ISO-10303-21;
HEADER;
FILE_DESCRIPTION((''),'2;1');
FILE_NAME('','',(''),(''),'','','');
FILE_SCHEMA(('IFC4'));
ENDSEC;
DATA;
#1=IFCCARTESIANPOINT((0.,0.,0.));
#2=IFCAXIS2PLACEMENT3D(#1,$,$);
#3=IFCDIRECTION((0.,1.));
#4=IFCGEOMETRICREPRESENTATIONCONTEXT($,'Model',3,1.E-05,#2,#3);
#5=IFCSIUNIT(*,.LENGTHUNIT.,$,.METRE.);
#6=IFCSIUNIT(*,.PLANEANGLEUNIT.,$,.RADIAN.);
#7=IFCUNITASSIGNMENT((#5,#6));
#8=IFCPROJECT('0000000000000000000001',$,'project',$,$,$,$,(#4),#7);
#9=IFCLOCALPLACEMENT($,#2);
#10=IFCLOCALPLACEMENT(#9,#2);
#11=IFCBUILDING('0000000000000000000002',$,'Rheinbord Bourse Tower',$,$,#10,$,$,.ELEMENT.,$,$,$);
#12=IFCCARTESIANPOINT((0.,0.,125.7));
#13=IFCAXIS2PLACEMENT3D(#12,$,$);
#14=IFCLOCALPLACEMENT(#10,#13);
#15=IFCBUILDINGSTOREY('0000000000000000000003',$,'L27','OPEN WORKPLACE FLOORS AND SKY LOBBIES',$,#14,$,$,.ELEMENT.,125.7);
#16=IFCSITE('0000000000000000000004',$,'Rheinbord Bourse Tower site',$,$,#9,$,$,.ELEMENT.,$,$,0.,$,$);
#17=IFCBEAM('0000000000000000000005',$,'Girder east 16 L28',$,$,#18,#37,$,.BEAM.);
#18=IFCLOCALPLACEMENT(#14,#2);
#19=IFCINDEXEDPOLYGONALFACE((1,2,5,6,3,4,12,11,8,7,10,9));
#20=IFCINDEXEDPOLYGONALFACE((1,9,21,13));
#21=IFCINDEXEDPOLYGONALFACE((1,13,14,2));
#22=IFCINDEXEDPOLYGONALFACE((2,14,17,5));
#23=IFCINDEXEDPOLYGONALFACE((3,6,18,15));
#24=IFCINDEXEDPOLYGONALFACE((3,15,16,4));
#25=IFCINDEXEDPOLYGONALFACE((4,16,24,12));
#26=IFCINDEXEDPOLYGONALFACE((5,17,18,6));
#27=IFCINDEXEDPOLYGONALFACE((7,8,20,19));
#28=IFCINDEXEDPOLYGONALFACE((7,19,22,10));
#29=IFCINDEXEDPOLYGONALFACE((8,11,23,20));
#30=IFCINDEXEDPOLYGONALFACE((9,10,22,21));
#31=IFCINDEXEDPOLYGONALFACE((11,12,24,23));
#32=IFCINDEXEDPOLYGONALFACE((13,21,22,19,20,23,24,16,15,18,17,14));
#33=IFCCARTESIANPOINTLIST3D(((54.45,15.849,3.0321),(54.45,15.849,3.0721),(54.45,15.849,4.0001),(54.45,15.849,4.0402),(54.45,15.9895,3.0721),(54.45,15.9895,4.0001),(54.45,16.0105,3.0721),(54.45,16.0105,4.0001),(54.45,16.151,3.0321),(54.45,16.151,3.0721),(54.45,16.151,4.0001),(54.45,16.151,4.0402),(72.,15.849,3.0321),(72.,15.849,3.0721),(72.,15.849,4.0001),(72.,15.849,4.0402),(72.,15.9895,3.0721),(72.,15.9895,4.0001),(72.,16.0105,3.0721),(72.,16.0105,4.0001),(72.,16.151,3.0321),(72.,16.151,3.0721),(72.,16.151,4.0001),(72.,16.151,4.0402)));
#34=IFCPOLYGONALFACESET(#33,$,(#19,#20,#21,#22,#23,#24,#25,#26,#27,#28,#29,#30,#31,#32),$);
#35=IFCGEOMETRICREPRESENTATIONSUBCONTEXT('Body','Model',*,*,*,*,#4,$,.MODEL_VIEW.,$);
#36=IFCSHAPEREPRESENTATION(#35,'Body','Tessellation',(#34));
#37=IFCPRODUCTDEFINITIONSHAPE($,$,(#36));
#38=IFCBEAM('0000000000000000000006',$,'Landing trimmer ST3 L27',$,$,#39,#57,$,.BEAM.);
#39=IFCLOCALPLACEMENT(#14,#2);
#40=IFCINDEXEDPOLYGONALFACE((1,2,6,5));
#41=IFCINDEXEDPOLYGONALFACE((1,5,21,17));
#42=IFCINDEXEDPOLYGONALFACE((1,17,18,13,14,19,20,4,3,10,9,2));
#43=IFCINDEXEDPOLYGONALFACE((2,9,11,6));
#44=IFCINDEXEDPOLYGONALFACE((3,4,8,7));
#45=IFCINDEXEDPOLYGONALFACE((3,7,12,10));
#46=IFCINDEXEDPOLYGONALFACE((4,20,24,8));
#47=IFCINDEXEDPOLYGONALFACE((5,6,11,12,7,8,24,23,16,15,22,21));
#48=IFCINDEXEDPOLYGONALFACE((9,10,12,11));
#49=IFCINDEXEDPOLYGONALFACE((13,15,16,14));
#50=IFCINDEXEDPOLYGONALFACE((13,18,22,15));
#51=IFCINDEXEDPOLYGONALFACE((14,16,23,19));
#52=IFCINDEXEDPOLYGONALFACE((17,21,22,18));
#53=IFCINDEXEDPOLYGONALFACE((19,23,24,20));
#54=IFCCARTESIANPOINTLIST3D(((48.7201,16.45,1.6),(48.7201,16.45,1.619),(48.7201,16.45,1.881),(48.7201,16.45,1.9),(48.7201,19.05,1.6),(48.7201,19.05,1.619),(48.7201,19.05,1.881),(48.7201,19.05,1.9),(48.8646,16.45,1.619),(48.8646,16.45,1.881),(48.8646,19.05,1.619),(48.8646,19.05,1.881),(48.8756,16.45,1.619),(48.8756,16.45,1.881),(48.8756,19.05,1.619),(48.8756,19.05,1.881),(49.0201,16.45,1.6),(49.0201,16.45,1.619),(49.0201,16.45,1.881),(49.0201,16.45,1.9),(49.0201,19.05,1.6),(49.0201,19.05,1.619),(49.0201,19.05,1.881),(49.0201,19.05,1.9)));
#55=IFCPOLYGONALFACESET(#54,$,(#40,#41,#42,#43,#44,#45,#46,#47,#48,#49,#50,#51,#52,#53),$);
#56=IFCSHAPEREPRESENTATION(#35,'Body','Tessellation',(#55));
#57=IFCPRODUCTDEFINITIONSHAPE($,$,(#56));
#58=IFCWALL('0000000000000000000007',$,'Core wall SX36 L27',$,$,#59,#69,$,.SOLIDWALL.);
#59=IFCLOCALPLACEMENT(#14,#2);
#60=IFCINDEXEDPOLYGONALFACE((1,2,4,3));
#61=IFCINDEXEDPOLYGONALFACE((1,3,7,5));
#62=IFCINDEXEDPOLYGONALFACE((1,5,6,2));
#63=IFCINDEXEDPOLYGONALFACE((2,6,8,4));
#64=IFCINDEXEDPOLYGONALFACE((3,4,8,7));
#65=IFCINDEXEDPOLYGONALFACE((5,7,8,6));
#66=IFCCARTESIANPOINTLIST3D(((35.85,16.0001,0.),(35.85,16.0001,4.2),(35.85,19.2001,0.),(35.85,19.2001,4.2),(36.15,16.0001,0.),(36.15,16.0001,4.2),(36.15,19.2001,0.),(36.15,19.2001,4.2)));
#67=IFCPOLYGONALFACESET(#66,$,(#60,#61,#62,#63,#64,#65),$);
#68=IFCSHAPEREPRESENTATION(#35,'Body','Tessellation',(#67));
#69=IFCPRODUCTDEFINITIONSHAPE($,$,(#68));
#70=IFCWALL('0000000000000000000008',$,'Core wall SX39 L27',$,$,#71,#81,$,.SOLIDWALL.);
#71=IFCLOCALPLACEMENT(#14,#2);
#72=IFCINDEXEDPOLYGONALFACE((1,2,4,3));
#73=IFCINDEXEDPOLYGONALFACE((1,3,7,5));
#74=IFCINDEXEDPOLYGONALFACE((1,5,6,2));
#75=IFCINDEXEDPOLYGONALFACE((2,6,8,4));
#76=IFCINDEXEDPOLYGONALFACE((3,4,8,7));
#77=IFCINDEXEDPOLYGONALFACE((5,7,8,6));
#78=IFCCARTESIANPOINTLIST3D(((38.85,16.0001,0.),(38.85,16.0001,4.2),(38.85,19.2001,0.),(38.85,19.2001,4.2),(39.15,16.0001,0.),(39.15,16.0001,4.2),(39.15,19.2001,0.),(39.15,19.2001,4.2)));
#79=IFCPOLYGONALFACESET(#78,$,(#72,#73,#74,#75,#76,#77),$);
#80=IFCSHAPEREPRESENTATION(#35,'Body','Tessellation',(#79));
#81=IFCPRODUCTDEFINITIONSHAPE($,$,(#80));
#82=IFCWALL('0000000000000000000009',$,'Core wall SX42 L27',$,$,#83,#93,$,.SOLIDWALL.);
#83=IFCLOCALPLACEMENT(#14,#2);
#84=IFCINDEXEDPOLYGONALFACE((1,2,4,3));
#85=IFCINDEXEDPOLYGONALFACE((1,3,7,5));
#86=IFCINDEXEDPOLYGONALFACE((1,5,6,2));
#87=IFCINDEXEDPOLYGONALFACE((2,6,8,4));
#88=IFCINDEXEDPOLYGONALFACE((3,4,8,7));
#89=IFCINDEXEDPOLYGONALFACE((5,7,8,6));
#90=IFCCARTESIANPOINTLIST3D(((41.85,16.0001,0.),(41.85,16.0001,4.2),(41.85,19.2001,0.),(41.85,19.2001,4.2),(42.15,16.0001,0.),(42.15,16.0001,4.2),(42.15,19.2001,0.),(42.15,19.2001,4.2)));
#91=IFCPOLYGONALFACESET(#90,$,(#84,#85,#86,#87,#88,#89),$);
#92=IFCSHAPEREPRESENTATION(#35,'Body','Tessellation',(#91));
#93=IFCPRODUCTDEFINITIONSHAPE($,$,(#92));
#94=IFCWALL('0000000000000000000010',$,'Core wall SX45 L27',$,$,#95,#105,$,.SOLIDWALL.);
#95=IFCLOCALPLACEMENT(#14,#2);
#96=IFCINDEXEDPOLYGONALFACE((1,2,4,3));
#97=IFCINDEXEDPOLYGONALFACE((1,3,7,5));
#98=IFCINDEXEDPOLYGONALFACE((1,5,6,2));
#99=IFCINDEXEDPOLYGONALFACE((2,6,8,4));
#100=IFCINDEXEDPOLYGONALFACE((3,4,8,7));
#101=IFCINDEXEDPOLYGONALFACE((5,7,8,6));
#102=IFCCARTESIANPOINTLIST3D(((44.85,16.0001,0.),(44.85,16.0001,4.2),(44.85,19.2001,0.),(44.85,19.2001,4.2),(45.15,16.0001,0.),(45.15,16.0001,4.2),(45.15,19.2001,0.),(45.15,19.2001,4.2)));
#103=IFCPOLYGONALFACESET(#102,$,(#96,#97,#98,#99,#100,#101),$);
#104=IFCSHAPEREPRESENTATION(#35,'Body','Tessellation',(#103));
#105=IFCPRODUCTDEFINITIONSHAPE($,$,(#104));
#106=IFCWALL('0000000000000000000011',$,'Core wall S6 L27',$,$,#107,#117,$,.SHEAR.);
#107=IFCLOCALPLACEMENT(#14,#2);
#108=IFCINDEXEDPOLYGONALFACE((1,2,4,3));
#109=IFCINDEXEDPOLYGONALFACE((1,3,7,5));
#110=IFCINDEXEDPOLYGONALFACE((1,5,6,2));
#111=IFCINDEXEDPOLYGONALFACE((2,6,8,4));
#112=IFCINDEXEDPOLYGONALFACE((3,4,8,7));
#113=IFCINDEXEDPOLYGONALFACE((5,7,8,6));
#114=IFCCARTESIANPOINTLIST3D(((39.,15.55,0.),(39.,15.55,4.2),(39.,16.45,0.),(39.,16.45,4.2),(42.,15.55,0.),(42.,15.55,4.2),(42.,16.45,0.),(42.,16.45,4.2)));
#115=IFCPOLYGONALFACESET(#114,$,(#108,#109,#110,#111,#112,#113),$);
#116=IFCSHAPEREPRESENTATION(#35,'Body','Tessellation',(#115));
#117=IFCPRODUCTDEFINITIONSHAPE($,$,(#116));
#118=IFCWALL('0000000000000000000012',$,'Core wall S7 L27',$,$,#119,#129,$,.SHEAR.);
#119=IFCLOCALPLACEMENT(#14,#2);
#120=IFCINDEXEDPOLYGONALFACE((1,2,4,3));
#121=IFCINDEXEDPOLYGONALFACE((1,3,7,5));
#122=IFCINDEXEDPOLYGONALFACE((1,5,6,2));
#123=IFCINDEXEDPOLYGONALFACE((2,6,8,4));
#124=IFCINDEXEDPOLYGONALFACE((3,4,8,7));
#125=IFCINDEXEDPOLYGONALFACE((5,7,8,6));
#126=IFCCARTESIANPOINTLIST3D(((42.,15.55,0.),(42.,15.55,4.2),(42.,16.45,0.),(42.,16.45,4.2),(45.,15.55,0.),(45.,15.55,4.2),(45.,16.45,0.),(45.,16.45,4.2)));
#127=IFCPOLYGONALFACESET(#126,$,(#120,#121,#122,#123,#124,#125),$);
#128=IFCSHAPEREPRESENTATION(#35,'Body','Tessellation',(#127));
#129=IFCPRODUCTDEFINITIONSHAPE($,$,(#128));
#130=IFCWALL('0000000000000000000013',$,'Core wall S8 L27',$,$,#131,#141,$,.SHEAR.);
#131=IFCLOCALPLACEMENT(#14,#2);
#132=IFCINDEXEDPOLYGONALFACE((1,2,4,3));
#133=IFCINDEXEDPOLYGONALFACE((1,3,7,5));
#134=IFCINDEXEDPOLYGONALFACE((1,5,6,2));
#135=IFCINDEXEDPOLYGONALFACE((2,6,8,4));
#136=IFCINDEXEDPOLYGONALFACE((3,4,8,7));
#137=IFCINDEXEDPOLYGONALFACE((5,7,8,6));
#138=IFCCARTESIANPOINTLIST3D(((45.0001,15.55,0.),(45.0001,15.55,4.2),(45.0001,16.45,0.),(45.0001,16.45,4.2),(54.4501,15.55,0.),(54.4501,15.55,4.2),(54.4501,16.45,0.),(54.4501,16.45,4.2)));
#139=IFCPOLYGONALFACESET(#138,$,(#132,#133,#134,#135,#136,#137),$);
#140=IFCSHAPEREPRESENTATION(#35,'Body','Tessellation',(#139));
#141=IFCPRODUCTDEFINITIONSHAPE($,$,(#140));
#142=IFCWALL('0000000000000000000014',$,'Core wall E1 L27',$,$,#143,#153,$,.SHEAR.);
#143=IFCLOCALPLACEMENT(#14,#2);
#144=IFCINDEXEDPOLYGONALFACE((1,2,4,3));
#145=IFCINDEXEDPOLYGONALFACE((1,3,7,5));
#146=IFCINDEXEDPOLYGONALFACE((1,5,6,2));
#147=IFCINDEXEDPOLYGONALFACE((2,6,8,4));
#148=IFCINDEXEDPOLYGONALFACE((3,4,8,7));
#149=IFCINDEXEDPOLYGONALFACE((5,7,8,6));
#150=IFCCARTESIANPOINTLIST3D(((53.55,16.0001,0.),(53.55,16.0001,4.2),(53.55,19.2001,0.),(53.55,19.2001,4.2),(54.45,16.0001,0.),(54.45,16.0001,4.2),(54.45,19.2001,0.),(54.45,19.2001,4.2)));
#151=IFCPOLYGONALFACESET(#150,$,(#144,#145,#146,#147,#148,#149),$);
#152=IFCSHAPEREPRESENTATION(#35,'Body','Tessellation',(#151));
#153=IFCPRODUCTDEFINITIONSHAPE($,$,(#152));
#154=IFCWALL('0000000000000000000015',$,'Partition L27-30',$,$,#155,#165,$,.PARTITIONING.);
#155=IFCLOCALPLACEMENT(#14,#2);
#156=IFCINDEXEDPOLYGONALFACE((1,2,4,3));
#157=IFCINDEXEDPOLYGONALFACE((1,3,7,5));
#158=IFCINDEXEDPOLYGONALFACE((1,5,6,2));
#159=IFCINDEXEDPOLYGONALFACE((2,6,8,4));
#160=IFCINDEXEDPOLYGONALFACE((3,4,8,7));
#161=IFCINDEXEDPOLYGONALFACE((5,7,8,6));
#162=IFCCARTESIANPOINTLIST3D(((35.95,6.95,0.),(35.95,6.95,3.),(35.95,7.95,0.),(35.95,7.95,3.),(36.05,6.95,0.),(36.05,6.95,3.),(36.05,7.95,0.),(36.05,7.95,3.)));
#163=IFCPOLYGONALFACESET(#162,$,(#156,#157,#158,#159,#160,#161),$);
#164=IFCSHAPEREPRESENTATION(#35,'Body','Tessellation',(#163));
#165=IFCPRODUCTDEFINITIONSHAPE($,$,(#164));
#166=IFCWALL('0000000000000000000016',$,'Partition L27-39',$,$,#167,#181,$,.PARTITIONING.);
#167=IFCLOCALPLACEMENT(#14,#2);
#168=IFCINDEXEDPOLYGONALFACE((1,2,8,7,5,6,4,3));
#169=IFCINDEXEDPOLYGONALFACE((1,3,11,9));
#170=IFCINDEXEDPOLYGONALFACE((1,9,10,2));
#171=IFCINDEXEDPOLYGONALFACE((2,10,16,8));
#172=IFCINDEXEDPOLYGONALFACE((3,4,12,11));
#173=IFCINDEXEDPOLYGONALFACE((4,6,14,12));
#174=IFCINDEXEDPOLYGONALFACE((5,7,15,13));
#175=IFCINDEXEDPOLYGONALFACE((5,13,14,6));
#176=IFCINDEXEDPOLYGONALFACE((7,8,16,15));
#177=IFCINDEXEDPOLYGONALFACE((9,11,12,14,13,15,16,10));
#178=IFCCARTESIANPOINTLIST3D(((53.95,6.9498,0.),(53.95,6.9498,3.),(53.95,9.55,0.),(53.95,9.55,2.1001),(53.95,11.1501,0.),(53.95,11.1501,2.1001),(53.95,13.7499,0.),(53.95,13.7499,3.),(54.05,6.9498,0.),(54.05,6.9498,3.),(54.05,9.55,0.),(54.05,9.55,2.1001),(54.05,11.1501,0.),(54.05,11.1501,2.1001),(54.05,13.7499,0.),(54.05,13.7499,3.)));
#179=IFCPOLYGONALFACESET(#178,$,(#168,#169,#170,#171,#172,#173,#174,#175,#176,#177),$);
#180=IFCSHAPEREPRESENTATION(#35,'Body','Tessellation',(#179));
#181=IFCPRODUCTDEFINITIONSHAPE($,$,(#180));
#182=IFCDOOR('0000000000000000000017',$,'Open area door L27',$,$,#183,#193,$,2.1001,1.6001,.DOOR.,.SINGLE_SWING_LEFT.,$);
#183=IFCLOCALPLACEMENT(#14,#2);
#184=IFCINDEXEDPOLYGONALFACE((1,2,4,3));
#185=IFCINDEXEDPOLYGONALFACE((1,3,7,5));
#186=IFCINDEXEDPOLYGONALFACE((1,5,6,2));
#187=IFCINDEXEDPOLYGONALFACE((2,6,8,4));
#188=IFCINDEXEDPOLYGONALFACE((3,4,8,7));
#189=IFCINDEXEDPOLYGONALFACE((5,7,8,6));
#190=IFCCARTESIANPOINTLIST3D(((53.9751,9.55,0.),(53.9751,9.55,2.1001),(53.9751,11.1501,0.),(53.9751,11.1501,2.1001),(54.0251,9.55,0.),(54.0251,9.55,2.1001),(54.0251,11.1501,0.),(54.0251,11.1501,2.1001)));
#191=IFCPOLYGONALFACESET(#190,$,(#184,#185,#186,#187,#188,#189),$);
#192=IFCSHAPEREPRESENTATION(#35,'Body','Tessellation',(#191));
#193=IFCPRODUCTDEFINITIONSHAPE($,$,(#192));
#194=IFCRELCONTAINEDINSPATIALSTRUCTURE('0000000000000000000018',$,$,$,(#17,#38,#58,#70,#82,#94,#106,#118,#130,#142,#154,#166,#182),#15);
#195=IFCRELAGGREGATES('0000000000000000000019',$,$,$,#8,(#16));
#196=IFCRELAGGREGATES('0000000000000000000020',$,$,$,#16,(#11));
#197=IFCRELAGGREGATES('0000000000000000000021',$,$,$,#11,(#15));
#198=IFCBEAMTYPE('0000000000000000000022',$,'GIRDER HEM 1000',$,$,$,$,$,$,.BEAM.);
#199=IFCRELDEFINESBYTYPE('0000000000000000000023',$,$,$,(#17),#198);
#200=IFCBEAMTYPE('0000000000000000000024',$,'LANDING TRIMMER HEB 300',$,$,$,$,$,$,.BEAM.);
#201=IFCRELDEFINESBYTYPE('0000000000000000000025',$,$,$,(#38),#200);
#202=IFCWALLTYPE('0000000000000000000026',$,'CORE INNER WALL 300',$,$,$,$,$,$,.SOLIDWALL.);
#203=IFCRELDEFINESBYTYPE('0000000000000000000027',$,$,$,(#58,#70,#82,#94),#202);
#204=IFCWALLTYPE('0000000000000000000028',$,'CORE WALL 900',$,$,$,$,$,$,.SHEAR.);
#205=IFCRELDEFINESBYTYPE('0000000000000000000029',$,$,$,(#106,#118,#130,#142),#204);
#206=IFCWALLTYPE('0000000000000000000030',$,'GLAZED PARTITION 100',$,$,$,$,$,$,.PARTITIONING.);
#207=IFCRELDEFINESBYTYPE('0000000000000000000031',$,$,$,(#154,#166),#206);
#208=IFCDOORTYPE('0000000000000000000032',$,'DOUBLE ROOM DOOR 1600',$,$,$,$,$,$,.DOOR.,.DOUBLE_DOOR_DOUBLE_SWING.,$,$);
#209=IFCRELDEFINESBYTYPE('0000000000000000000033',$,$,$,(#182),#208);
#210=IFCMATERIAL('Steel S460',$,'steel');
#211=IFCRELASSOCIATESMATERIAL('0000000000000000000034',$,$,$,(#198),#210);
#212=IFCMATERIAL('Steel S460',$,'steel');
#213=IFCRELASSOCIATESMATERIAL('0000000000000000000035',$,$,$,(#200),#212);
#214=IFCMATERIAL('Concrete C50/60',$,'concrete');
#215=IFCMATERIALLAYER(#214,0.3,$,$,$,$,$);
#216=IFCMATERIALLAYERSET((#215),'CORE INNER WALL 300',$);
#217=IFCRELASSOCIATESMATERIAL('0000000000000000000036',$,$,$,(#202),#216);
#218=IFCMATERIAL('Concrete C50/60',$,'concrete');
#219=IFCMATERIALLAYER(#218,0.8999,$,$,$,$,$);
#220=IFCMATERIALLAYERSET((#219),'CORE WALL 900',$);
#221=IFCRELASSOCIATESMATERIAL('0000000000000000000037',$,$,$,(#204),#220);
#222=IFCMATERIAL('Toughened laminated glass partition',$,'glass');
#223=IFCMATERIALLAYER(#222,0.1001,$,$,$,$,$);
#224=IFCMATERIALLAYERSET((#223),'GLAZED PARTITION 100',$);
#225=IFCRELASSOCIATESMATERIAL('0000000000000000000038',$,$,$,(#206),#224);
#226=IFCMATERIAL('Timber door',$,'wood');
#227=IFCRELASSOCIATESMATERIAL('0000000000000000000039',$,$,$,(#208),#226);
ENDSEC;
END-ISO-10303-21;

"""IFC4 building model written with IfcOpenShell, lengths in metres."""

from ifc_helpers import new_model, si_unit, direction, frame, frame_2d, origin, origin_2d, place, context, subcontext, project, spatial, rectangle, i_section, extrude, material, layer, layer_set, material_profile, profile_set, type_object, element, fill, save


model = new_model("IFC4")

# Units and contexts
model_context = context("Model", 3, precision=1e-05, world=origin(), true_north=direction((0.0, 1.0)))
body_context = subcontext(model_context, "Body", "Model", "MODEL_VIEW")
ifc_project = project(units=[si_unit("LENGTHUNIT", "METRE"), si_unit("PLANEANGLEUNIT", "RADIAN")], contexts=[model_context])

# Site, building, storey
site_placement = place(None, origin())
site = spatial("IfcSite", under=ifc_project, at=site_placement, Name="Rheinbord Bourse Tower site", CompositionType="ELEMENT", RefElevation=0.0)
building_placement = place(site_placement, origin())
building = spatial("IfcBuilding", under=site, at=building_placement, Name="Rheinbord Bourse Tower", CompositionType="ELEMENT")
storey_placement = place(building_placement, frame((0.0, 0.0, 125.7)))
storey = spatial("IfcBuildingStorey", under=building, at=storey_placement, Name="L27", Description="OPEN WORKPLACE FLOORS AND SKY LOBBIES", CompositionType="ELEMENT", Elevation=125.7)

# Beams
ifc_material_1 = material(Name="Steel S460", Category="steel")
ifc_material_profile_1 = material_profile(ifc_material_1, i_section(OverallWidth=0.302, OverallDepth=1.0081, WebThickness=0.021, FlangeThickness=0.04, at=origin_2d()), Name="HEM 1000")
ifc_profile_set_1 = profile_set([ifc_material_profile_1], Name="Steel S460")
beam_type_1 = type_object("IfcBeamType", Name="GIRDER HEM 1000", PredefinedType="BEAM", material=ifc_profile_set_1)
beam_1_placement = place(storey_placement, frame((54.45, 16.0, 3.5361), z_axis=(1.0, 0.0, 0.0), x_axis=(0.0, 1.0, 0.0)))
element("IfcBeam", 1, at=beam_1_placement, inside=storey, type_object=beam_type_1, Name="Girder east 16 L28", PredefinedType="BEAM", context=body_context, shape_type="SweptSolid", body=[
    extrude(i_section(OverallWidth=0.302, OverallDepth=1.0081, WebThickness=0.021, FlangeThickness=0.04, at=origin_2d()), origin(), (0.0, 0.0, 1.0), 17.55),
])
ifc_material_2 = material(Name="Steel S460", Category="steel")
ifc_material_profile_2 = material_profile(ifc_material_2, i_section(OverallWidth=0.3, OverallDepth=0.3, WebThickness=0.011, FlangeThickness=0.019, at=origin_2d()), Name="HEB 300")
ifc_profile_set_2 = profile_set([ifc_material_profile_2], Name="Steel S460")
beam_type_2 = type_object("IfcBeamType", Name="LANDING TRIMMER HEB 300", PredefinedType="BEAM", material=ifc_profile_set_2)
beam_2_placement = place(storey_placement, frame((48.8701, 16.45, 1.75), z_axis=(0.0, 1.0, 0.0), x_axis=(-1.0, 0.0, 0.0)))
element("IfcBeam", 2, at=beam_2_placement, inside=storey, type_object=beam_type_2, Name="Landing trimmer ST3 L27", PredefinedType="BEAM", context=body_context, shape_type="SweptSolid", body=[
    extrude(i_section(OverallWidth=0.3, OverallDepth=0.3, WebThickness=0.011, FlangeThickness=0.019, at=origin_2d()), origin(), (0.0, 0.0, 1.0), 2.6001),
])

# Walls
ifc_material_3 = material(Name="Concrete C50/60", Category="concrete")
ifc_layer_1 = layer(ifc_material_3, 0.3)
ifc_layer_set_1 = layer_set([ifc_layer_1], Name="CORE INNER WALL 300")
wall_type_1 = type_object("IfcWallType", Name="CORE INNER WALL 300", PredefinedType="SOLIDWALL", material=ifc_layer_set_1)
for number, where, z_axis, x_axis, name in (
    (3, (36.0, 16.0, 0.0), (0.0, 0.0, 1.0), (0.0, 1.0, 0.0), "Core wall SX36 L27"),
    (4, (39.0, 16.0, 0.0), (0.0, 0.0, 1.0), (0.0, 1.0, 0.0), "Core wall SX39 L27"),
    (5, (42.0, 16.0, 0.0), (0.0, 0.0, 1.0), (0.0, 1.0, 0.0), "Core wall SX42 L27"),
    (6, (45.0, 16.0, 0.0), (0.0, 0.0, 1.0), (0.0, 1.0, 0.0), "Core wall SX45 L27"),
):
    element("IfcWall", number, at=place(storey_placement, frame(where, z_axis=z_axis, x_axis=x_axis)), inside=storey, type_object=wall_type_1, Name=name, PredefinedType="SOLIDWALL", context=body_context, shape_type="SweptSolid", body=[
        extrude(rectangle(XDim=3.2, YDim=0.3, at=frame_2d((1.6001, 0.0))), origin(), (0.0, 0.0, 1.0), 4.2),
    ])
ifc_material_4 = material(Name="Concrete C50/60", Category="concrete")
ifc_layer_2 = layer(ifc_material_4, 0.8999)
ifc_layer_set_2 = layer_set([ifc_layer_2], Name="CORE WALL 900")
wall_type_2 = type_object("IfcWallType", Name="CORE WALL 900", PredefinedType="SHEAR", material=ifc_layer_set_2)
for number, where, z_axis, x_axis, name in (
    (7, (39.0, 16.0, 0.0), (0.0, 0.0, 1.0), (1.0, 0.0, 0.0), "Core wall S6 L27"),
    (8, (42.0, 16.0, 0.0), (0.0, 0.0, 1.0), (1.0, 0.0, 0.0), "Core wall S7 L27"),
):
    element("IfcWall", number, at=place(storey_placement, frame(where, z_axis=z_axis, x_axis=x_axis)), inside=storey, type_object=wall_type_2, Name=name, PredefinedType="SHEAR", context=body_context, shape_type="SweptSolid", body=[
        extrude(rectangle(XDim=3.0, YDim=0.8999, at=frame_2d((1.5, 0.0))), origin(), (0.0, 0.0, 1.0), 4.2),
    ])
wall_1_placement = place(storey_placement, frame((45.0, 16.0, 0.0), z_axis=(0.0, 0.0, 1.0), x_axis=(1.0, 0.0, 0.0)))
element("IfcWall", 9, at=wall_1_placement, inside=storey, type_object=wall_type_2, Name="Core wall S8 L27", PredefinedType="SHEAR", context=body_context, shape_type="SweptSolid", body=[
    extrude(rectangle(XDim=9.45, YDim=0.8999, at=frame_2d((4.7251, 0.0))), origin(), (0.0, 0.0, 1.0), 4.2),
])
wall_2_placement = place(storey_placement, frame((54.0, 16.0, 0.0), z_axis=(0.0, 0.0, 1.0), x_axis=(0.0, 1.0, 0.0)))
element("IfcWall", 10, at=wall_2_placement, inside=storey, type_object=wall_type_2, Name="Core wall E1 L27", PredefinedType="SHEAR", context=body_context, shape_type="SweptSolid", body=[
    extrude(rectangle(XDim=3.2, YDim=0.8999, at=frame_2d((1.6001, 0.0))), origin(), (0.0, 0.0, 1.0), 4.2),
])
ifc_material_5 = material(Name="Toughened laminated glass partition", Category="glass")
ifc_layer_3 = layer(ifc_material_5, 0.1001)
ifc_layer_set_3 = layer_set([ifc_layer_3], Name="GLAZED PARTITION 100")
wall_type_3 = type_object("IfcWallType", Name="GLAZED PARTITION 100", PredefinedType="PARTITIONING", material=ifc_layer_set_3)
wall_3_placement = place(storey_placement, frame((36.0, 6.95, 0.0), z_axis=(0.0, 0.0, 1.0), x_axis=(0.0, 1.0, 0.0)))
element("IfcWall", 11, at=wall_3_placement, inside=storey, type_object=wall_type_3, Name="Partition L27-30", PredefinedType="PARTITIONING", context=body_context, shape_type="SweptSolid", body=[
    extrude(rectangle(XDim=1.0, YDim=0.1001, at=frame_2d((0.5, 0.0))), origin(), (0.0, 0.0, 1.0), 3.0),
])

# Wall, opening, door
wall_4_placement = place(storey_placement, frame((54.0, 6.95, 0.0), z_axis=(0.0, 0.0, 1.0), x_axis=(0.0, 1.0, 0.0)))
wall_4 = element("IfcWall", 12, at=wall_4_placement, inside=storey, type_object=wall_type_3, Name="Partition L27-39", PredefinedType="PARTITIONING", context=body_context, shape_type="SweptSolid", body=[
    extrude(rectangle(XDim=6.8, YDim=0.1001, at=frame_2d((3.3999, 0.0))), origin(), (0.0, 0.0, 1.0), 3.0),
])
opening_1_placement = place(wall_4_placement, frame((2.6001, 0.0, 0.0)))
opening_1 = element("IfcOpeningElement", 13, at=opening_1_placement, cuts=wall_4, PredefinedType="OPENING", context=body_context, shape_type="SweptSolid", body=[
    extrude(rectangle(XDim=1.6001, YDim=2.1001, at=frame_2d((0.8, 1.05))), frame((0.0, 0.0601, 0.0), z_axis=(0.0, -1.0, 0.0), x_axis=(1.0, 0.0, 0.0)), (0.0, 0.0, 1.0), 0.1201),
])
ifc_material_6 = material(Name="Timber door", Category="wood")
door_type_1 = type_object("IfcDoorType", Name="DOUBLE ROOM DOOR 1600", OperationType="DOUBLE_DOOR_DOUBLE_SWING", PredefinedType="DOOR", material=ifc_material_6)
door_1_placement = place(opening_1_placement, origin())
door_1 = element("IfcDoor", 14, at=door_1_placement, inside=storey, type_object=door_type_1, Name="Open area door L27", OperationType="SINGLE_SWING_LEFT", OverallHeight=2.1001, OverallWidth=1.6001, PredefinedType="DOOR", context=body_context, shape_type="SweptSolid", body=[
    extrude(rectangle(XDim=1.6001, YDim=2.1001, at=frame_2d((0.8, 1.05))), frame((0.0, 0.0249, 0.0), z_axis=(0.0, -1.0, 0.0), x_axis=(1.0, 0.0, 0.0)), (0.0, 0.0, 1.0), 0.05),
])
fill(opening_1, door_1)

save(model, "model.ifc")
